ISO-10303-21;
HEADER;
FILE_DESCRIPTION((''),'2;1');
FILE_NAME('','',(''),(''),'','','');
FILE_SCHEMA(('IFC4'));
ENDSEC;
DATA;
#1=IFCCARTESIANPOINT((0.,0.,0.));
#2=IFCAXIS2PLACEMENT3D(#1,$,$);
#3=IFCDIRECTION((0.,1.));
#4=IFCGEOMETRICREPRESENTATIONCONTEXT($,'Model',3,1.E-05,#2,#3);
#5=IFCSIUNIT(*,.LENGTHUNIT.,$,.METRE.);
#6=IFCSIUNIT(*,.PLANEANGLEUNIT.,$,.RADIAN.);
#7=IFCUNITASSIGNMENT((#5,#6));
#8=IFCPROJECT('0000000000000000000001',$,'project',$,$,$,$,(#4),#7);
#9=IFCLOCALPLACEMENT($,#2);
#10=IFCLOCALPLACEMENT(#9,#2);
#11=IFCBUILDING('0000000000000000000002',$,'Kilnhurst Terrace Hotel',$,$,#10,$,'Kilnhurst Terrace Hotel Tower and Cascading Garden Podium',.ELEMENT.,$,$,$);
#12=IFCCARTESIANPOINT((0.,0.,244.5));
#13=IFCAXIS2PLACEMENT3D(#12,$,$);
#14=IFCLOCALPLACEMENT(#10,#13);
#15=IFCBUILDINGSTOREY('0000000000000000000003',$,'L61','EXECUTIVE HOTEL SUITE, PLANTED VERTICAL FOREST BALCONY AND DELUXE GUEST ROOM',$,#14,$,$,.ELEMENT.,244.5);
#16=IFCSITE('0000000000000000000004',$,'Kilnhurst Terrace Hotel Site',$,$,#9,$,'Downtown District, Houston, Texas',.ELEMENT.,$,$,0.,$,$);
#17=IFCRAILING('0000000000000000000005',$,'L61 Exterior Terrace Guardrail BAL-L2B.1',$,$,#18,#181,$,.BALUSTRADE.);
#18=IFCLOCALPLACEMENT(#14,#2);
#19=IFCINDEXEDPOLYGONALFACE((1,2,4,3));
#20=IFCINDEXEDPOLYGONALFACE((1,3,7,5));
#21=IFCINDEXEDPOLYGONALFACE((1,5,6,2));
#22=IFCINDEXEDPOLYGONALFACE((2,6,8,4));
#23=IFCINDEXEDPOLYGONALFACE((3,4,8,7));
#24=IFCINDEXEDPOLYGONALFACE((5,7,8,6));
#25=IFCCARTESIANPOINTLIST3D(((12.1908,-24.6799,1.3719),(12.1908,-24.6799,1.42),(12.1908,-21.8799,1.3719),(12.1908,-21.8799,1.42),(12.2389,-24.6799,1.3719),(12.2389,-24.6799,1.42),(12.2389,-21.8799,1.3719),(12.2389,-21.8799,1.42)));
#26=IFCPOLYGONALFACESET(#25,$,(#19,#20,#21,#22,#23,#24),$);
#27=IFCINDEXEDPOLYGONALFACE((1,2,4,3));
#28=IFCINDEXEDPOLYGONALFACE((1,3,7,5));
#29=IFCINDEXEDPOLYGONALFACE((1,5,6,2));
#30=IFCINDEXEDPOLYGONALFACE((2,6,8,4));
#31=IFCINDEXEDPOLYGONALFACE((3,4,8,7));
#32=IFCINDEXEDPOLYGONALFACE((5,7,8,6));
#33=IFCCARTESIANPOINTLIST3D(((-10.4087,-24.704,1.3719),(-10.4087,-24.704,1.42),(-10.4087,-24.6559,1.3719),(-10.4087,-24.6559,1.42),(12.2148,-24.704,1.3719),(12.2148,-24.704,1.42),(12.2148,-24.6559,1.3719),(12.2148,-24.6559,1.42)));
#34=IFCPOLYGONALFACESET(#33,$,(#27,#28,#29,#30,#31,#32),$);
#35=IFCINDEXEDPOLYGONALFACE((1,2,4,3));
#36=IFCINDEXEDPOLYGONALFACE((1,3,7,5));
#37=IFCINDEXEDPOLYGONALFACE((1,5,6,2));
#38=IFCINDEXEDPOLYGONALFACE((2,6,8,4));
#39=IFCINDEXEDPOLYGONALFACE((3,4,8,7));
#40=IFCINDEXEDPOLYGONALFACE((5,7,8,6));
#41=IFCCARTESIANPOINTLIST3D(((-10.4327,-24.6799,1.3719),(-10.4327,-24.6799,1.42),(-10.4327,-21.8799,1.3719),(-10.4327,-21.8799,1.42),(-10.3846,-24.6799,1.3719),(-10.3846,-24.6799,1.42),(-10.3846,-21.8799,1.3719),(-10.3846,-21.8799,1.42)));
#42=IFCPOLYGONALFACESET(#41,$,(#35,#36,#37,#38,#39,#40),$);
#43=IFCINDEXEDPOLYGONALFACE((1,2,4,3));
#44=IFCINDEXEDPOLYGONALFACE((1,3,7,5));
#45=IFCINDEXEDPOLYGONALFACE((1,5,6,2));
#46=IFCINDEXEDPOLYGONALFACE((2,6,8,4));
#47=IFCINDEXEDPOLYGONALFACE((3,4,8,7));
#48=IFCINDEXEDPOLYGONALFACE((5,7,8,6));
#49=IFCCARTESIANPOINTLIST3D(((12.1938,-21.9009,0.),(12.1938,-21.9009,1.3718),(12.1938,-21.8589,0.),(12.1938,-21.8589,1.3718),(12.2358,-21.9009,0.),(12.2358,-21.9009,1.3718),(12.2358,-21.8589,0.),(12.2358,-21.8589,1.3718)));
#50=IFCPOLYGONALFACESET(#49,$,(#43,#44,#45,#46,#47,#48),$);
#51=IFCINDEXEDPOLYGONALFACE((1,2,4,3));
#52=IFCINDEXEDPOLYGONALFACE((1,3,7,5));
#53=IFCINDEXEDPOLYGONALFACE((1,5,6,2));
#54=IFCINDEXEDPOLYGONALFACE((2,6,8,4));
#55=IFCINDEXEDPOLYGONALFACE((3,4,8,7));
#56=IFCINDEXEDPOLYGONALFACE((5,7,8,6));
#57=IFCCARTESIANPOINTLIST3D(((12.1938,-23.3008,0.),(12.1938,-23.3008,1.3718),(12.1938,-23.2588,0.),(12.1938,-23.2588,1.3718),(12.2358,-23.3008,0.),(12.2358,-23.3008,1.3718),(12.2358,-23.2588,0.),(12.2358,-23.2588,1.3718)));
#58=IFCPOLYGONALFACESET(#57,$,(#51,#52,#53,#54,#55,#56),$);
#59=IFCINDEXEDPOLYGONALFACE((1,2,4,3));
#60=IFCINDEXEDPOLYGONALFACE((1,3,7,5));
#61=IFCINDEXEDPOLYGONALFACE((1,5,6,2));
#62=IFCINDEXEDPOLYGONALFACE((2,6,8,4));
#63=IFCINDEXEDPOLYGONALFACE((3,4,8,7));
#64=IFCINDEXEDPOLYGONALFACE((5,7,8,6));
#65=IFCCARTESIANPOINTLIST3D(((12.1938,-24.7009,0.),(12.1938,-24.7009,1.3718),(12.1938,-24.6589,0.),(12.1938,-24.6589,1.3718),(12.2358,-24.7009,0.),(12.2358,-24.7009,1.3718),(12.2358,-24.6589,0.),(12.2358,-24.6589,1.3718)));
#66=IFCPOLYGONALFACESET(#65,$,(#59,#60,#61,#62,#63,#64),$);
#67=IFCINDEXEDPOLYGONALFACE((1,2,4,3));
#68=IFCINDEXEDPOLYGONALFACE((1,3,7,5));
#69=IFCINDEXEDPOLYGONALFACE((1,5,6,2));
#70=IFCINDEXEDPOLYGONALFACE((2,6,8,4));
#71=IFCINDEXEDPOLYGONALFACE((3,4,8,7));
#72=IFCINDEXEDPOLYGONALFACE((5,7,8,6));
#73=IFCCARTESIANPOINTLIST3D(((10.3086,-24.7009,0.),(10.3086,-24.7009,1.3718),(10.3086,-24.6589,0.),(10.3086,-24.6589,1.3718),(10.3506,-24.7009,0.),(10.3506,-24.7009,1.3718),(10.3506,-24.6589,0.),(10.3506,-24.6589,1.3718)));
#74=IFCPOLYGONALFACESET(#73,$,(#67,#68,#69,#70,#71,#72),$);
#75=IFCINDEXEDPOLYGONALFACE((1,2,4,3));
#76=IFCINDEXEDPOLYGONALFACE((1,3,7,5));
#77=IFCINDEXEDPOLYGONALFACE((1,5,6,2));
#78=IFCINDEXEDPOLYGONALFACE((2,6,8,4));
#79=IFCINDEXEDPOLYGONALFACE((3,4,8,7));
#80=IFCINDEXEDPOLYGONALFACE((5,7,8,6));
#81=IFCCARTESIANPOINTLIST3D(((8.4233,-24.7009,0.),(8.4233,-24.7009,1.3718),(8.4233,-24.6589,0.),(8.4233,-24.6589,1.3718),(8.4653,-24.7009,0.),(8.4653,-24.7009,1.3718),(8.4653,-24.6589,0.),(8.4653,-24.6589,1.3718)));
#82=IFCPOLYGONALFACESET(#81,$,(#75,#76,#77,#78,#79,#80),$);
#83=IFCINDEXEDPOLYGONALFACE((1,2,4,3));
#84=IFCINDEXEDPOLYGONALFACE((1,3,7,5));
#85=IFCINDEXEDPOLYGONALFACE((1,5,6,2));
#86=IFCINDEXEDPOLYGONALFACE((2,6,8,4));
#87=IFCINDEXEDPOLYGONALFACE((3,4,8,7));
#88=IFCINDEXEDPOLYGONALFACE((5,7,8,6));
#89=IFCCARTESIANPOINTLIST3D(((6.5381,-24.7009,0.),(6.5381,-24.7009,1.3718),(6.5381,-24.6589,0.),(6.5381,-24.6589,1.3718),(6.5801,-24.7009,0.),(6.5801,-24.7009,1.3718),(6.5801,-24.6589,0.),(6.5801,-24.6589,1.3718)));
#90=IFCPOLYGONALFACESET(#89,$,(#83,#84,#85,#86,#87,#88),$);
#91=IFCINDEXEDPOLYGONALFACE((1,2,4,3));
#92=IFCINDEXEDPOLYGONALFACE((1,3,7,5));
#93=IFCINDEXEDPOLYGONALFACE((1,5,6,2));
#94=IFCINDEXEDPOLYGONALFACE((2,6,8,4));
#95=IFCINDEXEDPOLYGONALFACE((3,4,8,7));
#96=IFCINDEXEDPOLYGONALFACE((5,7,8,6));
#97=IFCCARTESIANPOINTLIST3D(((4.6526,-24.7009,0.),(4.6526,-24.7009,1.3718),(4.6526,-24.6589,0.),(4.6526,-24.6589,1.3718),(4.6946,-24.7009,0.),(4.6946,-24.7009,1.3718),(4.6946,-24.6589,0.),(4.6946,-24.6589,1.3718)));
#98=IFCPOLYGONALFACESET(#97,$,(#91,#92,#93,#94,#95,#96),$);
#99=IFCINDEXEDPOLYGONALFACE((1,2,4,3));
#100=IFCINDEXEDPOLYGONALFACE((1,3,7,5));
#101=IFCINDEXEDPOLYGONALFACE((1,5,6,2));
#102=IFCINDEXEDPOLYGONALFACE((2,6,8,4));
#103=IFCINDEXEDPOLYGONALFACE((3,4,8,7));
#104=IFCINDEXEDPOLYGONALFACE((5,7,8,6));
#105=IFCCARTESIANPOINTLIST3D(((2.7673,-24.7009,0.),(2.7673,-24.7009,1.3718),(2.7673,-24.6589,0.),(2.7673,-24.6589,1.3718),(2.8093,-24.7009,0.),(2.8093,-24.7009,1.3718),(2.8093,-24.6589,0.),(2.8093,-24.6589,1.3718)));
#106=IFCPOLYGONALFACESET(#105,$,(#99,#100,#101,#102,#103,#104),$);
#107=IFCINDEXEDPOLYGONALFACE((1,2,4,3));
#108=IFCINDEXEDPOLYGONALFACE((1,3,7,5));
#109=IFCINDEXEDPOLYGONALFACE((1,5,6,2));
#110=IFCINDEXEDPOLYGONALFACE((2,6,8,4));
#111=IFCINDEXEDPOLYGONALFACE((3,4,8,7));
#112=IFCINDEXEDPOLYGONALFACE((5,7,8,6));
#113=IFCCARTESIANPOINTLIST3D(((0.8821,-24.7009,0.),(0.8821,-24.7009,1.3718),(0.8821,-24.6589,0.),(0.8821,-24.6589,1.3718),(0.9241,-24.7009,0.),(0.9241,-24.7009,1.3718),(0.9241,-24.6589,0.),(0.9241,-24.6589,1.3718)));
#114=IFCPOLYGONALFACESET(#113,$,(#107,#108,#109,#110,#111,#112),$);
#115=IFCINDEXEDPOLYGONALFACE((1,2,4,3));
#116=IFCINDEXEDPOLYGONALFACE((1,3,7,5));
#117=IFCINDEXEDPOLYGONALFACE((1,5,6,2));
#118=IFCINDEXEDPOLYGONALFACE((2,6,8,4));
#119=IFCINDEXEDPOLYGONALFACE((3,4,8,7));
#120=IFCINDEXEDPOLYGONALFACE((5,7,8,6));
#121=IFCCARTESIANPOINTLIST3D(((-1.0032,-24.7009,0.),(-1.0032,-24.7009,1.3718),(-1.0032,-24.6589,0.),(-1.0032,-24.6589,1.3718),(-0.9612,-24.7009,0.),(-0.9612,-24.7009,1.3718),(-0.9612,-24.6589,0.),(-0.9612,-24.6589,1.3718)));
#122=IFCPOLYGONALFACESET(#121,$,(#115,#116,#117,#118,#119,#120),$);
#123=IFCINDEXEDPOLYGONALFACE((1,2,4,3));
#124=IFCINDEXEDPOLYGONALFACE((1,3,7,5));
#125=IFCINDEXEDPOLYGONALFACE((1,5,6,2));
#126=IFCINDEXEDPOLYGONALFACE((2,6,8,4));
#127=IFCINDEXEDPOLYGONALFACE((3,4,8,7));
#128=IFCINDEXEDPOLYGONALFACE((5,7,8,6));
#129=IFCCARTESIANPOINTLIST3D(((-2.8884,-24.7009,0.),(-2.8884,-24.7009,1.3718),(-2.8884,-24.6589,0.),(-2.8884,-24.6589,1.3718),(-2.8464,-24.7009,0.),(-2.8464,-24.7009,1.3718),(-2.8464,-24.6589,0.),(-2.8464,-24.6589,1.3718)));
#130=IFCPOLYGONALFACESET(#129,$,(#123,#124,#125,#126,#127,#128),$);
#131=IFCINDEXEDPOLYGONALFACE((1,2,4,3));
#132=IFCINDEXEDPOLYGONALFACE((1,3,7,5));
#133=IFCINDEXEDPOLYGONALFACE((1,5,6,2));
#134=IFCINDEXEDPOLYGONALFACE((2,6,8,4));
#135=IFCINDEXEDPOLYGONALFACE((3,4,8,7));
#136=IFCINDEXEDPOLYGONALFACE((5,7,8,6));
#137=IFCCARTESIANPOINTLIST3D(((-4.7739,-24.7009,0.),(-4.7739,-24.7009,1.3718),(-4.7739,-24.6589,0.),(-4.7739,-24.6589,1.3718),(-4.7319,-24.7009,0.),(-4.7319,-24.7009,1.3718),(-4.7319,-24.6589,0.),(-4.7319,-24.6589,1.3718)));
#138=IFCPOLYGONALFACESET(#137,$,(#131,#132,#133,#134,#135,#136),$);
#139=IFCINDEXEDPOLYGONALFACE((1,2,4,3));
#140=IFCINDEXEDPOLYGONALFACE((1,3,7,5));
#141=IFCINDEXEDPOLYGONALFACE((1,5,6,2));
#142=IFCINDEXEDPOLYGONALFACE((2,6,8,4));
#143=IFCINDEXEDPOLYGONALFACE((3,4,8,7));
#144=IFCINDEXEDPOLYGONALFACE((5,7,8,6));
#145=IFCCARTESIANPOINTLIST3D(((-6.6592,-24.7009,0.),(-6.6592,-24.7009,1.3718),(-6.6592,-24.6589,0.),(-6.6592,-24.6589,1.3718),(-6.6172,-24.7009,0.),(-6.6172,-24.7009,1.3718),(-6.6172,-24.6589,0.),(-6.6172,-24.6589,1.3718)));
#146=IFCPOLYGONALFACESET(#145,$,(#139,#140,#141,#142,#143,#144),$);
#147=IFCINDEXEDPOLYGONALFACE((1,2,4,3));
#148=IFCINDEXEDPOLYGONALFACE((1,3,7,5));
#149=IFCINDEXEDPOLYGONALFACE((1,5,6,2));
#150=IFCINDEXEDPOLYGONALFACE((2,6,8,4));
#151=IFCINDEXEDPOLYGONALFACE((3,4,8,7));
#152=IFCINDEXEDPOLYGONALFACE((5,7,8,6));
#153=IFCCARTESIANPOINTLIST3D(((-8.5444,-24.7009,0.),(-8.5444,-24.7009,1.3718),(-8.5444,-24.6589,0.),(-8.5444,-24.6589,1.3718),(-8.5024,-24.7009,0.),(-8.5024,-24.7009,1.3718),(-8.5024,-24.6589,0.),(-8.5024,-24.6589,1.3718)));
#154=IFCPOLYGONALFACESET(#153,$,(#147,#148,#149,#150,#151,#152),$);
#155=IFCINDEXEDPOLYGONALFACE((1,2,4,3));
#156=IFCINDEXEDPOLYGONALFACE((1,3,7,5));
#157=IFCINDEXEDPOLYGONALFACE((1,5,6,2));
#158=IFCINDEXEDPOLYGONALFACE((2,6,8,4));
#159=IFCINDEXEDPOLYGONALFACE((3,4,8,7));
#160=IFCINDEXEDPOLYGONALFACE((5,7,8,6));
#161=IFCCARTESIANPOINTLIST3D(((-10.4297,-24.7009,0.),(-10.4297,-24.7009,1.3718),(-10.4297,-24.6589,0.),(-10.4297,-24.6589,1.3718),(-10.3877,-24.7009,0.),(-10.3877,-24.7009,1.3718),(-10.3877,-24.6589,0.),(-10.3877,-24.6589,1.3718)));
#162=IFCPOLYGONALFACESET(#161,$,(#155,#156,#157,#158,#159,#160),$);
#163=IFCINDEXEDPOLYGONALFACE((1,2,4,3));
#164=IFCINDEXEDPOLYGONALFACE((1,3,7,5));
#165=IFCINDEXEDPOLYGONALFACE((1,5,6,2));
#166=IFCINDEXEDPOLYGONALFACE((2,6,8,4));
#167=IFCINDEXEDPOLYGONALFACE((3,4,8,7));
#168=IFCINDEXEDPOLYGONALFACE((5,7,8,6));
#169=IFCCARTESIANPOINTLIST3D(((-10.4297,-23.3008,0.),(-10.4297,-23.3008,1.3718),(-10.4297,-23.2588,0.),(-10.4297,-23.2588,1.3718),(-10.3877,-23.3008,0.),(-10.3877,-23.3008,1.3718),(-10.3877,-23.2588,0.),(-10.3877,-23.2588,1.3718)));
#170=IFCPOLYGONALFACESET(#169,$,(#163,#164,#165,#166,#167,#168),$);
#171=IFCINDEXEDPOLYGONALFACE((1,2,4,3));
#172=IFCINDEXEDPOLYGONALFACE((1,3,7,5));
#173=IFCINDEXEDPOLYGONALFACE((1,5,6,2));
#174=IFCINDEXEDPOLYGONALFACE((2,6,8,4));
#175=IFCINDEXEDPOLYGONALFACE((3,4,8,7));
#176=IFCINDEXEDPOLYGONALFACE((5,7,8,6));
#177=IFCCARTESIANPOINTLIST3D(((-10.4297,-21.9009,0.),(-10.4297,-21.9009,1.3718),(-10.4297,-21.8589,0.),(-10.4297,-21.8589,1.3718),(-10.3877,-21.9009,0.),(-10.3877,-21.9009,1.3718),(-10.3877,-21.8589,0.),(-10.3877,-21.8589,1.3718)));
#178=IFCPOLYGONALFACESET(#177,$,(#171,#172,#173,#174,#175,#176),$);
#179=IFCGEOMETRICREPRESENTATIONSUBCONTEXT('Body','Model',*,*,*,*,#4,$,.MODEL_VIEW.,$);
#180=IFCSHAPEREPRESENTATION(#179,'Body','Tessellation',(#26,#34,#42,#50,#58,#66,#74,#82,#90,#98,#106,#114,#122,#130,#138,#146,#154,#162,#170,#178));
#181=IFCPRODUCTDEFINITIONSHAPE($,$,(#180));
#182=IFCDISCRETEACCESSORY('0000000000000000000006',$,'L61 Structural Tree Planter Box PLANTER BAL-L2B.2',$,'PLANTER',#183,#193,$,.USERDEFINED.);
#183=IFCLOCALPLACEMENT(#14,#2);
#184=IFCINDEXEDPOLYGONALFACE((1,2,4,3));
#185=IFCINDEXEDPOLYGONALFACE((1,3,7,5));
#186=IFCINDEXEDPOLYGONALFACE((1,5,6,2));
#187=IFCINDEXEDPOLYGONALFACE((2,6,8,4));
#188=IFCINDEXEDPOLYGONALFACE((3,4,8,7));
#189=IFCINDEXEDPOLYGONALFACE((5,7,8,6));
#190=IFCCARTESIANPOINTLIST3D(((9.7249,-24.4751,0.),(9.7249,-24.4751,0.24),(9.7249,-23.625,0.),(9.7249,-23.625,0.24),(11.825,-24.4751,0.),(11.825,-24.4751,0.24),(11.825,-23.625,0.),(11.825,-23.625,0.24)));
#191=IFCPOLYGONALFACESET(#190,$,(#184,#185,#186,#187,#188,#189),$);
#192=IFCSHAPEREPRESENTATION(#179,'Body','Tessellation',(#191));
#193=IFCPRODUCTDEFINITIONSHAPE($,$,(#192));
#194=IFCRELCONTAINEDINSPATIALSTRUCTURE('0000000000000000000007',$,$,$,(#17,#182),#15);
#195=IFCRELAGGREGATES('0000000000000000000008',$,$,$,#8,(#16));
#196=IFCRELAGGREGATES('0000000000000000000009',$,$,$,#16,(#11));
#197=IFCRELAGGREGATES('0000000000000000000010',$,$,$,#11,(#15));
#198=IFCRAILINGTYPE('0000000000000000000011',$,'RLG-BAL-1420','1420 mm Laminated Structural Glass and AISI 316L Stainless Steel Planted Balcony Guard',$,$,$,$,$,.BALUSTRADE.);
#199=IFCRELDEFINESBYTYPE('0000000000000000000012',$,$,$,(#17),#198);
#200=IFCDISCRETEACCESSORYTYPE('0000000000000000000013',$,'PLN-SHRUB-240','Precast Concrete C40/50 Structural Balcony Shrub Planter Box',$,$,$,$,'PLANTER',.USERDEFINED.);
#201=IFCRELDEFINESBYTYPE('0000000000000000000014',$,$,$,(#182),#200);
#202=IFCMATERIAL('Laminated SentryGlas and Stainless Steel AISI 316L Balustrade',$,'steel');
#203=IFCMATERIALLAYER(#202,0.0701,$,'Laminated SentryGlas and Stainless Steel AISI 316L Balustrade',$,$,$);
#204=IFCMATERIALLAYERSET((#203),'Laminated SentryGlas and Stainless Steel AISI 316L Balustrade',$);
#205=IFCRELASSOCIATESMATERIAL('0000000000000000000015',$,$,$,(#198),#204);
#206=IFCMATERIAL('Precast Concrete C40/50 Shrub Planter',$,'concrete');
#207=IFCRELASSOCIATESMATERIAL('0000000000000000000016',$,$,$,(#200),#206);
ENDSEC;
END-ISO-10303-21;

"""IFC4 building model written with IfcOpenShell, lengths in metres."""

from ifc_helpers import new_model, si_unit, direction, frame, origin, origin_2d, place, context, subcontext, project, spatial, rectangle, extrude, material, layer, layer_set, type_object, element, save


model = new_model("IFC4")

# Units and contexts
model_context = context("Model", 3, precision=1e-05, world=origin(), true_north=direction((0.0, 1.0)))
body_context = subcontext(model_context, "Body", "Model", "MODEL_VIEW")
ifc_project = project(units=[si_unit("LENGTHUNIT", "METRE"), si_unit("PLANEANGLEUNIT", "RADIAN")], contexts=[model_context])

# Site, building, storey
site_placement = place(None, origin())
site = spatial("IfcSite", under=ifc_project, at=site_placement, Name="Kilnhurst Terrace Hotel Site", LongName="Downtown District, Houston, Texas", CompositionType="ELEMENT", RefElevation=0.0)
building_placement = place(site_placement, origin())
building = spatial("IfcBuilding", under=site, at=building_placement, Name="Kilnhurst Terrace Hotel", LongName="Kilnhurst Terrace Hotel Tower and Cascading Garden Podium", CompositionType="ELEMENT")
storey_placement = place(building_placement, frame((0.0, 0.0, 244.5)))
storey = spatial("IfcBuildingStorey", under=building, at=storey_placement, Name="L61", Description="EXECUTIVE HOTEL SUITE, PLANTED VERTICAL FOREST BALCONY AND DELUXE GUEST ROOM", CompositionType="ELEMENT", Elevation=244.5)

# Railing
ifc_material_1 = material(Name="Laminated SentryGlas and Stainless Steel AISI 316L Balustrade", Category="steel")
ifc_layer_1 = layer(ifc_material_1, 0.0701, Name="Laminated SentryGlas and Stainless Steel AISI 316L Balustrade")
ifc_layer_set_1 = layer_set([ifc_layer_1], Name="Laminated SentryGlas and Stainless Steel AISI 316L Balustrade")
railing_type = type_object("IfcRailingType", Name="RLG-BAL-1420", Description="1420 mm Laminated Structural Glass and AISI 316L Stainless Steel Planted Balcony Guard", PredefinedType="BALUSTRADE", material=ifc_layer_set_1)
railing_placement = place(storey_placement, frame((12.2148, -21.8799, 0.0)))
element("IfcRailing", 1, at=railing_placement, inside=storey, type_object=railing_type, Name="L61 Exterior Terrace Guardrail BAL-L2B.1", PredefinedType="BALUSTRADE", context=body_context, shape_type="SweptSolid", body=[
    extrude(rectangle(XDim=0.0481, YDim=0.0481, at=origin_2d()), frame((0.0, 0.0, 1.396), z_axis=(0.0, -1.0, 0.0), x_axis=(1.0, 0.0, 0.0)), (0.0, 0.0, 1.0), 2.8),
    extrude(rectangle(XDim=0.0481, YDim=0.0481, at=origin_2d()), frame((0.0, -2.8, 1.396), z_axis=(-1.0, 0.0, 0.0), x_axis=(0.0, -1.0, 0.0)), (0.0, 0.0, 1.0), 22.6235),
    extrude(rectangle(XDim=0.0481, YDim=0.0481, at=origin_2d()), frame((-22.6235, -2.8, 1.396), z_axis=(0.0, 1.0, 0.0), x_axis=(-1.0, 0.0, 0.0)), (0.0, 0.0, 1.0), 2.8),
    extrude(rectangle(XDim=0.042, YDim=0.042, at=origin_2d()), origin(), (0.0, 0.0, 1.0), 1.3718),
    extrude(rectangle(XDim=0.042, YDim=0.042, at=origin_2d()), frame((0.0, -1.3999, 0.0)), (0.0, 0.0, 1.0), 1.3718),
    extrude(rectangle(XDim=0.042, YDim=0.042, at=origin_2d()), frame((0.0, -2.8, 0.0)), (0.0, 0.0, 1.0), 1.3718),
    extrude(rectangle(XDim=0.042, YDim=0.042, at=origin_2d()), frame((-1.8853, -2.8, 0.0)), (0.0, 0.0, 1.0), 1.3718),
    extrude(rectangle(XDim=0.042, YDim=0.042, at=origin_2d()), frame((-3.7705, -2.8, 0.0)), (0.0, 0.0, 1.0), 1.3718),
    extrude(rectangle(XDim=0.042, YDim=0.042, at=origin_2d()), frame((-5.6558, -2.8, 0.0)), (0.0, 0.0, 1.0), 1.3718),
    extrude(rectangle(XDim=0.042, YDim=0.042, at=origin_2d()), frame((-7.5413, -2.8, 0.0)), (0.0, 0.0, 1.0), 1.3718),
    extrude(rectangle(XDim=0.042, YDim=0.042, at=origin_2d()), frame((-9.4265, -2.8, 0.0)), (0.0, 0.0, 1.0), 1.3718),
    extrude(rectangle(XDim=0.042, YDim=0.042, at=origin_2d()), frame((-11.3118, -2.8, 0.0)), (0.0, 0.0, 1.0), 1.3718),
    extrude(rectangle(XDim=0.042, YDim=0.042, at=origin_2d()), frame((-13.197, -2.8, 0.0)), (0.0, 0.0, 1.0), 1.3718),
    extrude(rectangle(XDim=0.042, YDim=0.042, at=origin_2d()), frame((-15.0823, -2.8, 0.0)), (0.0, 0.0, 1.0), 1.3718),
    extrude(rectangle(XDim=0.042, YDim=0.042, at=origin_2d()), frame((-16.9678, -2.8, 0.0)), (0.0, 0.0, 1.0), 1.3718),
    extrude(rectangle(XDim=0.042, YDim=0.042, at=origin_2d()), frame((-18.853, -2.8, 0.0)), (0.0, 0.0, 1.0), 1.3718),
    extrude(rectangle(XDim=0.042, YDim=0.042, at=origin_2d()), frame((-20.7383, -2.8, 0.0)), (0.0, 0.0, 1.0), 1.3718),
    extrude(rectangle(XDim=0.042, YDim=0.042, at=origin_2d()), frame((-22.6235, -2.8, 0.0)), (0.0, 0.0, 1.0), 1.3718),
    extrude(rectangle(XDim=0.042, YDim=0.042, at=origin_2d()), frame((-22.6235, -1.3999, 0.0)), (0.0, 0.0, 1.0), 1.3718),
    extrude(rectangle(XDim=0.042, YDim=0.042, at=origin_2d()), frame((-22.6235, 0.0, 0.0)), (0.0, 0.0, 1.0), 1.3718),
])

# Discrete accessory
ifc_material_2 = material(Name="Precast Concrete C40/50 Shrub Planter", Category="concrete")
discrete_accessory_type = type_object("IfcDiscreteAccessoryType", Name="PLN-SHRUB-240", Description="Precast Concrete C40/50 Structural Balcony Shrub Planter Box", ElementType="PLANTER", PredefinedType="USERDEFINED", material=ifc_material_2)
discrete_accessory_placement = place(storey_placement, frame((10.7749, -24.05, 0.0), z_axis=(0.0, 0.0, 1.0), x_axis=(1.0, 0.0, 0.0)))
element("IfcDiscreteAccessory", 2, at=discrete_accessory_placement, inside=storey, type_object=discrete_accessory_type, Name="L61 Structural Tree Planter Box PLANTER BAL-L2B.2", ObjectType="PLANTER", PredefinedType="USERDEFINED", context=body_context, shape_type="SweptSolid", body=[
    extrude(rectangle(XDim=2.1001, YDim=0.8501, at=origin_2d()), origin(), (0.0, 0.0, 1.0), 0.24),
])

save(model, "model.ifc")
